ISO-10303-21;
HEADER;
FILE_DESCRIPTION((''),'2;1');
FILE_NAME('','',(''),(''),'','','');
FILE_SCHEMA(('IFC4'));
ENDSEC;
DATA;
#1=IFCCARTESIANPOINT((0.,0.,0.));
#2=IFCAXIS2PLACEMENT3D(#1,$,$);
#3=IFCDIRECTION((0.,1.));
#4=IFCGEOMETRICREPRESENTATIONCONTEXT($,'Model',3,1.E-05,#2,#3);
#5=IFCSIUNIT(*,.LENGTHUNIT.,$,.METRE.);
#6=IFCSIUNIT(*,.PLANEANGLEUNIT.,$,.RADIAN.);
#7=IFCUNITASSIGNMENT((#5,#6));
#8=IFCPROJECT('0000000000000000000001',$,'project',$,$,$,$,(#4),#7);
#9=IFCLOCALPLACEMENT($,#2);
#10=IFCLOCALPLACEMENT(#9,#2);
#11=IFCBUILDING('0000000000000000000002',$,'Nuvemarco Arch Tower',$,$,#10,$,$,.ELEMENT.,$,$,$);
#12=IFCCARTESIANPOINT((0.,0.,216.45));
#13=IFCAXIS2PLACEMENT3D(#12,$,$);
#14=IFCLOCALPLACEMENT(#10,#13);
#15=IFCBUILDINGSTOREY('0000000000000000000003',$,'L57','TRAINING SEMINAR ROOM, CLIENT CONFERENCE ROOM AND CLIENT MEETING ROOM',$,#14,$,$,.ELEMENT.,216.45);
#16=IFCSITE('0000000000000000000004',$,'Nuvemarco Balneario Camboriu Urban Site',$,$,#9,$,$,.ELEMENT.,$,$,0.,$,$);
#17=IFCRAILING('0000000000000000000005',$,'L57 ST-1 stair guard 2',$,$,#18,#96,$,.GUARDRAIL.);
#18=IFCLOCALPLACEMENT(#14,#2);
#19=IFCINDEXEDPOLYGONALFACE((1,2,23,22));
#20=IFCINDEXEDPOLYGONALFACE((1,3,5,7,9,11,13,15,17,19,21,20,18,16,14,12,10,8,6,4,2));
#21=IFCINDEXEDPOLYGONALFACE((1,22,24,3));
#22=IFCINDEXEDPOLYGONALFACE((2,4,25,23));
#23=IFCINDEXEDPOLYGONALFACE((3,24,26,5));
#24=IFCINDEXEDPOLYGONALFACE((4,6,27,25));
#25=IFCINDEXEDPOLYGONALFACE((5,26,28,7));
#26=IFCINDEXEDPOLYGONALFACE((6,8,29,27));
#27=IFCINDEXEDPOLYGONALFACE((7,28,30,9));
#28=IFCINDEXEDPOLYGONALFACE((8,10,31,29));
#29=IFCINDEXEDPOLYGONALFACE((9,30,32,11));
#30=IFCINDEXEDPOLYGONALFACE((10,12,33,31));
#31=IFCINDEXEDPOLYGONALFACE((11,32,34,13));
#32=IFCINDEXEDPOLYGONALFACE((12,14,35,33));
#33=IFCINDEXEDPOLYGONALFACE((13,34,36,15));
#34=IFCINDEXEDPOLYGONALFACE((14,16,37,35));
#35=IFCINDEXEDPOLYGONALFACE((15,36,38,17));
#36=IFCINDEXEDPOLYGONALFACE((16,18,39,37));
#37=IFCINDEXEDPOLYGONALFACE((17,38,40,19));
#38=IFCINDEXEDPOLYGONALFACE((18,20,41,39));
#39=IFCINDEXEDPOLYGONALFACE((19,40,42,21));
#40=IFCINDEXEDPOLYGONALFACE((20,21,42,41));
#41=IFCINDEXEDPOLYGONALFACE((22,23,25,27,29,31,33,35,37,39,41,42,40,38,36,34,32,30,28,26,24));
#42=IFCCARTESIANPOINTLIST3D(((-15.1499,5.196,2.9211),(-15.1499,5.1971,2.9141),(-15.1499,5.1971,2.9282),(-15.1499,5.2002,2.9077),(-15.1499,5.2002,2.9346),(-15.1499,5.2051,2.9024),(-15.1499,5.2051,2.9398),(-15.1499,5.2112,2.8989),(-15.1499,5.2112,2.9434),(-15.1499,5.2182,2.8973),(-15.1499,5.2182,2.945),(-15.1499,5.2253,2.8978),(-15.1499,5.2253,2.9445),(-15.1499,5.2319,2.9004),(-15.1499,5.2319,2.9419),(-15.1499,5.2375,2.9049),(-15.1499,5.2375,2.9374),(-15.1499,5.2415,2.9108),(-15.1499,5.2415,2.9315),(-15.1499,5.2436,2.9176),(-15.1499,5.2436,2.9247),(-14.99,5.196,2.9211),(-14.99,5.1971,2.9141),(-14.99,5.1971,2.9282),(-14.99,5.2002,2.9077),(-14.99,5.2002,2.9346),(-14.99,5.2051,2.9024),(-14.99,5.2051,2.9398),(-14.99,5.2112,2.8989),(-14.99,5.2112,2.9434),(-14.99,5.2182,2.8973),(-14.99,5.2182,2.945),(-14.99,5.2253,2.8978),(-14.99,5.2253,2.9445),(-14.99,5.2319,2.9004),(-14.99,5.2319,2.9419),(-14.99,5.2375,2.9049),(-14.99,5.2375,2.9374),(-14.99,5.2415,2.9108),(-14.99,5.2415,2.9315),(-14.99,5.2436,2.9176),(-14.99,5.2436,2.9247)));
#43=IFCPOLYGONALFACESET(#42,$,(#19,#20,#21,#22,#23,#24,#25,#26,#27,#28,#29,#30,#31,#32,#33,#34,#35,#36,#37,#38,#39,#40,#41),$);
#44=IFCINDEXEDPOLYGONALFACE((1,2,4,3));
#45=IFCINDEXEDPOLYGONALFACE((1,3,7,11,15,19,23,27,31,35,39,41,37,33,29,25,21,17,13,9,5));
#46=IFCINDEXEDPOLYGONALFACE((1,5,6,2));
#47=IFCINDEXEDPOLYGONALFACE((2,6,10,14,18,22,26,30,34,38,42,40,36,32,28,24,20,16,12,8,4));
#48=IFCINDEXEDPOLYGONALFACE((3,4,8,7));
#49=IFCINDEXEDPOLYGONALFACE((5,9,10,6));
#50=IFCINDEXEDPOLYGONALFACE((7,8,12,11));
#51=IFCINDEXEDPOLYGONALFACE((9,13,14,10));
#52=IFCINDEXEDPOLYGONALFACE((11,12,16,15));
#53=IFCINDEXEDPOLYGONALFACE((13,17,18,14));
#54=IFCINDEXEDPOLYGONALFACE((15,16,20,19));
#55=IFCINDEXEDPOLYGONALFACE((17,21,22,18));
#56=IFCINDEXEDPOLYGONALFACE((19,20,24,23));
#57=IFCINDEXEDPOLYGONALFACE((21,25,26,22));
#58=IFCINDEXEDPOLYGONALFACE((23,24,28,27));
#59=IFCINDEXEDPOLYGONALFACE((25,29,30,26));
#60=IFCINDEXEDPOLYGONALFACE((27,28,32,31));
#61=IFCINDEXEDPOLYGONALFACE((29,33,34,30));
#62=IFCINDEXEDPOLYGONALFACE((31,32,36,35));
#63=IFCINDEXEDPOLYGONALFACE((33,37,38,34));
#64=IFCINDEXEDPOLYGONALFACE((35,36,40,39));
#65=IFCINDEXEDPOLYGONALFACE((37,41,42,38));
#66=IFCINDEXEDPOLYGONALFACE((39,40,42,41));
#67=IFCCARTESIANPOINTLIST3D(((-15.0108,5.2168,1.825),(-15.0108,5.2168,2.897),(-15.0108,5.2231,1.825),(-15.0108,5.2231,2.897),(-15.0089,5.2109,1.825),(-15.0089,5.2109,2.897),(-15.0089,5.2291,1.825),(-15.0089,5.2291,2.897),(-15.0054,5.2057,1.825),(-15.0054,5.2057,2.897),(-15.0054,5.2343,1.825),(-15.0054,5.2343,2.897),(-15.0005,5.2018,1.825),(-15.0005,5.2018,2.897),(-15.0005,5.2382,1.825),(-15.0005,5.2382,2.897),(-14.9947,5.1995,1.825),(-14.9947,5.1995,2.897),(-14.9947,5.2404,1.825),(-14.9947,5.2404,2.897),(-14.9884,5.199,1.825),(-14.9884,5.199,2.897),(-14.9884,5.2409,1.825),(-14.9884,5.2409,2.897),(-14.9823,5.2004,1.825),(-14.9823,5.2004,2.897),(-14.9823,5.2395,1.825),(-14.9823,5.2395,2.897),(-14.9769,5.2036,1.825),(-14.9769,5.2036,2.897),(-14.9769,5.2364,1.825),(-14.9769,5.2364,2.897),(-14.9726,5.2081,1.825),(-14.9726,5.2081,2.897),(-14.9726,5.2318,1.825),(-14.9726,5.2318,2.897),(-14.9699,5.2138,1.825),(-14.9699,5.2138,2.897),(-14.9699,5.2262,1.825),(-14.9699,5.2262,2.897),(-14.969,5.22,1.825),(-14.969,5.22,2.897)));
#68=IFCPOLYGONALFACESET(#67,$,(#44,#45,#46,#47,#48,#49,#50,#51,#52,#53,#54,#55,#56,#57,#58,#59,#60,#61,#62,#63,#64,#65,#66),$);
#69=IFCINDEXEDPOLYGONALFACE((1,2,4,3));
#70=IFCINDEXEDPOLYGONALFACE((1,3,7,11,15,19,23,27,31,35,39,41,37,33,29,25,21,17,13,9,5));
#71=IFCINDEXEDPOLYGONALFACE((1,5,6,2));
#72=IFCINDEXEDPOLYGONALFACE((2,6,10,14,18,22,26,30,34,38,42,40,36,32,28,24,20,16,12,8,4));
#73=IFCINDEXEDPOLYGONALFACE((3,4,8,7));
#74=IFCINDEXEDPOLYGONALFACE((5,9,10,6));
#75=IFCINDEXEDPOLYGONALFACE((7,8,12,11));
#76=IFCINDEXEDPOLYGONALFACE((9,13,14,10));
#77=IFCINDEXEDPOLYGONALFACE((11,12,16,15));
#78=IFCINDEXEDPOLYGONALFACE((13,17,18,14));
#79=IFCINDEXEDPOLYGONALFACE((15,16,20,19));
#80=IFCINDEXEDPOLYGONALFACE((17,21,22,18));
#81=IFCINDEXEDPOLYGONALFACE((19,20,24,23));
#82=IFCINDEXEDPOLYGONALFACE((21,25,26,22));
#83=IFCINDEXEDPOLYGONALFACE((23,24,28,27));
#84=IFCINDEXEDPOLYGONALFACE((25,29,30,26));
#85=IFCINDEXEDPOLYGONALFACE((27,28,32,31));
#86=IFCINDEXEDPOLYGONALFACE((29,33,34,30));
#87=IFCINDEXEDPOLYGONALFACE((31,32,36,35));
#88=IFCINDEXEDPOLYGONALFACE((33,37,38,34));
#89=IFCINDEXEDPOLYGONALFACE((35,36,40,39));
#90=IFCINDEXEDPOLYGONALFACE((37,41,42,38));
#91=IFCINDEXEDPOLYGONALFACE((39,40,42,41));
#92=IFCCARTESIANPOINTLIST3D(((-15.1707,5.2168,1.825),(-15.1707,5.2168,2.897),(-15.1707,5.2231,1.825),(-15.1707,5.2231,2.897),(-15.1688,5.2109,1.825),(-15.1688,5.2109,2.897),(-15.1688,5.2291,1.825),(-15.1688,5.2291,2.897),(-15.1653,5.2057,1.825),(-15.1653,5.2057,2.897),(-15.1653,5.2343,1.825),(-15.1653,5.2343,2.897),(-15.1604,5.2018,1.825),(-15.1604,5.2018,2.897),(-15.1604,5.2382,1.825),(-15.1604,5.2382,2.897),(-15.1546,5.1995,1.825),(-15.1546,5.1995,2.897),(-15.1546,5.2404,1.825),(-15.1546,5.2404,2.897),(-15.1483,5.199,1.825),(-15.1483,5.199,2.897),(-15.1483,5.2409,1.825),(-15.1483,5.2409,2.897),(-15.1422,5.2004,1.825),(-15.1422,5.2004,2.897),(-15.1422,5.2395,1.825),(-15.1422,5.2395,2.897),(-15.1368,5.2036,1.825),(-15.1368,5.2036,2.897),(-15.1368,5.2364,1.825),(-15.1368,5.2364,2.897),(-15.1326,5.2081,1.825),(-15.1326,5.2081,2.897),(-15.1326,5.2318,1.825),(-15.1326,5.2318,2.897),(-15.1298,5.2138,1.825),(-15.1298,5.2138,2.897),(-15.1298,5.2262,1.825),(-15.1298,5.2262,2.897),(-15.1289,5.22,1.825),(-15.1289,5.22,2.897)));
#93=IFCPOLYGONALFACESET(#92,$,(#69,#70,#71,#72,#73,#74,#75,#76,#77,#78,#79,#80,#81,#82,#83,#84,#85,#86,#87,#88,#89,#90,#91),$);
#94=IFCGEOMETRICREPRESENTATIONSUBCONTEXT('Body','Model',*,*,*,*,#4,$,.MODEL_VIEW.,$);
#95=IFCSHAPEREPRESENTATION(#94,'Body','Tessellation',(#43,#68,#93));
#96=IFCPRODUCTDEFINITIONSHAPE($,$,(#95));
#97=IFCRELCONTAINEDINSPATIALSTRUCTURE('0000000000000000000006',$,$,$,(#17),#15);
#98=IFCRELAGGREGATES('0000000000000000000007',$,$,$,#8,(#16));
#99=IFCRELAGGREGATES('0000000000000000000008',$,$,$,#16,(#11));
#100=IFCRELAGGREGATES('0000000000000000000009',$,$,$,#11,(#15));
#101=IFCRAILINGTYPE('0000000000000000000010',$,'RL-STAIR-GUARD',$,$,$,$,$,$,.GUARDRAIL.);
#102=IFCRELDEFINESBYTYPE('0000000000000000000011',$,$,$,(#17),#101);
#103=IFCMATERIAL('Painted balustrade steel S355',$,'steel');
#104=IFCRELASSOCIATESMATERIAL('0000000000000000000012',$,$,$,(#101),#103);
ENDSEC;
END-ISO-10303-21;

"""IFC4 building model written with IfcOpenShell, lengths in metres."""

from ifc_helpers import new_model, si_unit, direction, frame, origin, origin_2d, place, context, subcontext, project, spatial, circle, extrude, material, type_object, element, save


model = new_model("IFC4")

# Units and contexts
model_context = context("Model", 3, precision=1e-05, world=origin(), true_north=direction((0.0, 1.0)))
body_context = subcontext(model_context, "Body", "Model", "MODEL_VIEW")
ifc_project = project(units=[si_unit("LENGTHUNIT", "METRE"), si_unit("PLANEANGLEUNIT", "RADIAN")], contexts=[model_context])

# Site, building, storey
site_placement = place(None, origin())
site = spatial("IfcSite", under=ifc_project, at=site_placement, Name="Nuvemarco Balneario Camboriu Urban Site", CompositionType="ELEMENT", RefElevation=0.0)
building_placement = place(site_placement, origin())
building = spatial("IfcBuilding", under=site, at=building_placement, Name="Nuvemarco Arch Tower", CompositionType="ELEMENT")
storey_placement = place(building_placement, frame((0.0, 0.0, 216.45)))
storey = spatial("IfcBuildingStorey", under=building, at=storey_placement, Name="L57", Description="TRAINING SEMINAR ROOM, CLIENT CONFERENCE ROOM AND CLIENT MEETING ROOM", CompositionType="ELEMENT", Elevation=216.45)

# Railing
ifc_material_1 = material(Name="Painted balustrade steel S355", Category="steel")
railing_type_1 = type_object("IfcRailingType", Name="RL-STAIR-GUARD", PredefinedType="GUARDRAIL", material=ifc_material_1)
railing_1_placement = place(storey_placement, frame((-14.99, 5.22, 1.825)))
element("IfcRailing", 1, at=railing_1_placement, inside=storey, type_object=railing_type_1, Name="L57 ST-1 stair guard 2", PredefinedType="GUARDRAIL", context=body_context, shape_type="SweptSolid", body=[
    extrude(circle(Radius=0.0239, at=origin_2d()), frame((0.0, 0.0, 1.0962), z_axis=(-1.0, 0.0, 0.0), x_axis=(0.0, -1.0, 0.0)), (0.0, 0.0, 1.0), 0.1599),
    extrude(circle(Radius=0.021, at=origin_2d()), origin(), (0.0, 0.0, 1.0), 1.072),
    extrude(circle(Radius=0.021, at=origin_2d()), frame((-0.1599, 0.0, 0.0)), (0.0, 0.0, 1.0), 1.072),
])

save(model, "model.ifc")
